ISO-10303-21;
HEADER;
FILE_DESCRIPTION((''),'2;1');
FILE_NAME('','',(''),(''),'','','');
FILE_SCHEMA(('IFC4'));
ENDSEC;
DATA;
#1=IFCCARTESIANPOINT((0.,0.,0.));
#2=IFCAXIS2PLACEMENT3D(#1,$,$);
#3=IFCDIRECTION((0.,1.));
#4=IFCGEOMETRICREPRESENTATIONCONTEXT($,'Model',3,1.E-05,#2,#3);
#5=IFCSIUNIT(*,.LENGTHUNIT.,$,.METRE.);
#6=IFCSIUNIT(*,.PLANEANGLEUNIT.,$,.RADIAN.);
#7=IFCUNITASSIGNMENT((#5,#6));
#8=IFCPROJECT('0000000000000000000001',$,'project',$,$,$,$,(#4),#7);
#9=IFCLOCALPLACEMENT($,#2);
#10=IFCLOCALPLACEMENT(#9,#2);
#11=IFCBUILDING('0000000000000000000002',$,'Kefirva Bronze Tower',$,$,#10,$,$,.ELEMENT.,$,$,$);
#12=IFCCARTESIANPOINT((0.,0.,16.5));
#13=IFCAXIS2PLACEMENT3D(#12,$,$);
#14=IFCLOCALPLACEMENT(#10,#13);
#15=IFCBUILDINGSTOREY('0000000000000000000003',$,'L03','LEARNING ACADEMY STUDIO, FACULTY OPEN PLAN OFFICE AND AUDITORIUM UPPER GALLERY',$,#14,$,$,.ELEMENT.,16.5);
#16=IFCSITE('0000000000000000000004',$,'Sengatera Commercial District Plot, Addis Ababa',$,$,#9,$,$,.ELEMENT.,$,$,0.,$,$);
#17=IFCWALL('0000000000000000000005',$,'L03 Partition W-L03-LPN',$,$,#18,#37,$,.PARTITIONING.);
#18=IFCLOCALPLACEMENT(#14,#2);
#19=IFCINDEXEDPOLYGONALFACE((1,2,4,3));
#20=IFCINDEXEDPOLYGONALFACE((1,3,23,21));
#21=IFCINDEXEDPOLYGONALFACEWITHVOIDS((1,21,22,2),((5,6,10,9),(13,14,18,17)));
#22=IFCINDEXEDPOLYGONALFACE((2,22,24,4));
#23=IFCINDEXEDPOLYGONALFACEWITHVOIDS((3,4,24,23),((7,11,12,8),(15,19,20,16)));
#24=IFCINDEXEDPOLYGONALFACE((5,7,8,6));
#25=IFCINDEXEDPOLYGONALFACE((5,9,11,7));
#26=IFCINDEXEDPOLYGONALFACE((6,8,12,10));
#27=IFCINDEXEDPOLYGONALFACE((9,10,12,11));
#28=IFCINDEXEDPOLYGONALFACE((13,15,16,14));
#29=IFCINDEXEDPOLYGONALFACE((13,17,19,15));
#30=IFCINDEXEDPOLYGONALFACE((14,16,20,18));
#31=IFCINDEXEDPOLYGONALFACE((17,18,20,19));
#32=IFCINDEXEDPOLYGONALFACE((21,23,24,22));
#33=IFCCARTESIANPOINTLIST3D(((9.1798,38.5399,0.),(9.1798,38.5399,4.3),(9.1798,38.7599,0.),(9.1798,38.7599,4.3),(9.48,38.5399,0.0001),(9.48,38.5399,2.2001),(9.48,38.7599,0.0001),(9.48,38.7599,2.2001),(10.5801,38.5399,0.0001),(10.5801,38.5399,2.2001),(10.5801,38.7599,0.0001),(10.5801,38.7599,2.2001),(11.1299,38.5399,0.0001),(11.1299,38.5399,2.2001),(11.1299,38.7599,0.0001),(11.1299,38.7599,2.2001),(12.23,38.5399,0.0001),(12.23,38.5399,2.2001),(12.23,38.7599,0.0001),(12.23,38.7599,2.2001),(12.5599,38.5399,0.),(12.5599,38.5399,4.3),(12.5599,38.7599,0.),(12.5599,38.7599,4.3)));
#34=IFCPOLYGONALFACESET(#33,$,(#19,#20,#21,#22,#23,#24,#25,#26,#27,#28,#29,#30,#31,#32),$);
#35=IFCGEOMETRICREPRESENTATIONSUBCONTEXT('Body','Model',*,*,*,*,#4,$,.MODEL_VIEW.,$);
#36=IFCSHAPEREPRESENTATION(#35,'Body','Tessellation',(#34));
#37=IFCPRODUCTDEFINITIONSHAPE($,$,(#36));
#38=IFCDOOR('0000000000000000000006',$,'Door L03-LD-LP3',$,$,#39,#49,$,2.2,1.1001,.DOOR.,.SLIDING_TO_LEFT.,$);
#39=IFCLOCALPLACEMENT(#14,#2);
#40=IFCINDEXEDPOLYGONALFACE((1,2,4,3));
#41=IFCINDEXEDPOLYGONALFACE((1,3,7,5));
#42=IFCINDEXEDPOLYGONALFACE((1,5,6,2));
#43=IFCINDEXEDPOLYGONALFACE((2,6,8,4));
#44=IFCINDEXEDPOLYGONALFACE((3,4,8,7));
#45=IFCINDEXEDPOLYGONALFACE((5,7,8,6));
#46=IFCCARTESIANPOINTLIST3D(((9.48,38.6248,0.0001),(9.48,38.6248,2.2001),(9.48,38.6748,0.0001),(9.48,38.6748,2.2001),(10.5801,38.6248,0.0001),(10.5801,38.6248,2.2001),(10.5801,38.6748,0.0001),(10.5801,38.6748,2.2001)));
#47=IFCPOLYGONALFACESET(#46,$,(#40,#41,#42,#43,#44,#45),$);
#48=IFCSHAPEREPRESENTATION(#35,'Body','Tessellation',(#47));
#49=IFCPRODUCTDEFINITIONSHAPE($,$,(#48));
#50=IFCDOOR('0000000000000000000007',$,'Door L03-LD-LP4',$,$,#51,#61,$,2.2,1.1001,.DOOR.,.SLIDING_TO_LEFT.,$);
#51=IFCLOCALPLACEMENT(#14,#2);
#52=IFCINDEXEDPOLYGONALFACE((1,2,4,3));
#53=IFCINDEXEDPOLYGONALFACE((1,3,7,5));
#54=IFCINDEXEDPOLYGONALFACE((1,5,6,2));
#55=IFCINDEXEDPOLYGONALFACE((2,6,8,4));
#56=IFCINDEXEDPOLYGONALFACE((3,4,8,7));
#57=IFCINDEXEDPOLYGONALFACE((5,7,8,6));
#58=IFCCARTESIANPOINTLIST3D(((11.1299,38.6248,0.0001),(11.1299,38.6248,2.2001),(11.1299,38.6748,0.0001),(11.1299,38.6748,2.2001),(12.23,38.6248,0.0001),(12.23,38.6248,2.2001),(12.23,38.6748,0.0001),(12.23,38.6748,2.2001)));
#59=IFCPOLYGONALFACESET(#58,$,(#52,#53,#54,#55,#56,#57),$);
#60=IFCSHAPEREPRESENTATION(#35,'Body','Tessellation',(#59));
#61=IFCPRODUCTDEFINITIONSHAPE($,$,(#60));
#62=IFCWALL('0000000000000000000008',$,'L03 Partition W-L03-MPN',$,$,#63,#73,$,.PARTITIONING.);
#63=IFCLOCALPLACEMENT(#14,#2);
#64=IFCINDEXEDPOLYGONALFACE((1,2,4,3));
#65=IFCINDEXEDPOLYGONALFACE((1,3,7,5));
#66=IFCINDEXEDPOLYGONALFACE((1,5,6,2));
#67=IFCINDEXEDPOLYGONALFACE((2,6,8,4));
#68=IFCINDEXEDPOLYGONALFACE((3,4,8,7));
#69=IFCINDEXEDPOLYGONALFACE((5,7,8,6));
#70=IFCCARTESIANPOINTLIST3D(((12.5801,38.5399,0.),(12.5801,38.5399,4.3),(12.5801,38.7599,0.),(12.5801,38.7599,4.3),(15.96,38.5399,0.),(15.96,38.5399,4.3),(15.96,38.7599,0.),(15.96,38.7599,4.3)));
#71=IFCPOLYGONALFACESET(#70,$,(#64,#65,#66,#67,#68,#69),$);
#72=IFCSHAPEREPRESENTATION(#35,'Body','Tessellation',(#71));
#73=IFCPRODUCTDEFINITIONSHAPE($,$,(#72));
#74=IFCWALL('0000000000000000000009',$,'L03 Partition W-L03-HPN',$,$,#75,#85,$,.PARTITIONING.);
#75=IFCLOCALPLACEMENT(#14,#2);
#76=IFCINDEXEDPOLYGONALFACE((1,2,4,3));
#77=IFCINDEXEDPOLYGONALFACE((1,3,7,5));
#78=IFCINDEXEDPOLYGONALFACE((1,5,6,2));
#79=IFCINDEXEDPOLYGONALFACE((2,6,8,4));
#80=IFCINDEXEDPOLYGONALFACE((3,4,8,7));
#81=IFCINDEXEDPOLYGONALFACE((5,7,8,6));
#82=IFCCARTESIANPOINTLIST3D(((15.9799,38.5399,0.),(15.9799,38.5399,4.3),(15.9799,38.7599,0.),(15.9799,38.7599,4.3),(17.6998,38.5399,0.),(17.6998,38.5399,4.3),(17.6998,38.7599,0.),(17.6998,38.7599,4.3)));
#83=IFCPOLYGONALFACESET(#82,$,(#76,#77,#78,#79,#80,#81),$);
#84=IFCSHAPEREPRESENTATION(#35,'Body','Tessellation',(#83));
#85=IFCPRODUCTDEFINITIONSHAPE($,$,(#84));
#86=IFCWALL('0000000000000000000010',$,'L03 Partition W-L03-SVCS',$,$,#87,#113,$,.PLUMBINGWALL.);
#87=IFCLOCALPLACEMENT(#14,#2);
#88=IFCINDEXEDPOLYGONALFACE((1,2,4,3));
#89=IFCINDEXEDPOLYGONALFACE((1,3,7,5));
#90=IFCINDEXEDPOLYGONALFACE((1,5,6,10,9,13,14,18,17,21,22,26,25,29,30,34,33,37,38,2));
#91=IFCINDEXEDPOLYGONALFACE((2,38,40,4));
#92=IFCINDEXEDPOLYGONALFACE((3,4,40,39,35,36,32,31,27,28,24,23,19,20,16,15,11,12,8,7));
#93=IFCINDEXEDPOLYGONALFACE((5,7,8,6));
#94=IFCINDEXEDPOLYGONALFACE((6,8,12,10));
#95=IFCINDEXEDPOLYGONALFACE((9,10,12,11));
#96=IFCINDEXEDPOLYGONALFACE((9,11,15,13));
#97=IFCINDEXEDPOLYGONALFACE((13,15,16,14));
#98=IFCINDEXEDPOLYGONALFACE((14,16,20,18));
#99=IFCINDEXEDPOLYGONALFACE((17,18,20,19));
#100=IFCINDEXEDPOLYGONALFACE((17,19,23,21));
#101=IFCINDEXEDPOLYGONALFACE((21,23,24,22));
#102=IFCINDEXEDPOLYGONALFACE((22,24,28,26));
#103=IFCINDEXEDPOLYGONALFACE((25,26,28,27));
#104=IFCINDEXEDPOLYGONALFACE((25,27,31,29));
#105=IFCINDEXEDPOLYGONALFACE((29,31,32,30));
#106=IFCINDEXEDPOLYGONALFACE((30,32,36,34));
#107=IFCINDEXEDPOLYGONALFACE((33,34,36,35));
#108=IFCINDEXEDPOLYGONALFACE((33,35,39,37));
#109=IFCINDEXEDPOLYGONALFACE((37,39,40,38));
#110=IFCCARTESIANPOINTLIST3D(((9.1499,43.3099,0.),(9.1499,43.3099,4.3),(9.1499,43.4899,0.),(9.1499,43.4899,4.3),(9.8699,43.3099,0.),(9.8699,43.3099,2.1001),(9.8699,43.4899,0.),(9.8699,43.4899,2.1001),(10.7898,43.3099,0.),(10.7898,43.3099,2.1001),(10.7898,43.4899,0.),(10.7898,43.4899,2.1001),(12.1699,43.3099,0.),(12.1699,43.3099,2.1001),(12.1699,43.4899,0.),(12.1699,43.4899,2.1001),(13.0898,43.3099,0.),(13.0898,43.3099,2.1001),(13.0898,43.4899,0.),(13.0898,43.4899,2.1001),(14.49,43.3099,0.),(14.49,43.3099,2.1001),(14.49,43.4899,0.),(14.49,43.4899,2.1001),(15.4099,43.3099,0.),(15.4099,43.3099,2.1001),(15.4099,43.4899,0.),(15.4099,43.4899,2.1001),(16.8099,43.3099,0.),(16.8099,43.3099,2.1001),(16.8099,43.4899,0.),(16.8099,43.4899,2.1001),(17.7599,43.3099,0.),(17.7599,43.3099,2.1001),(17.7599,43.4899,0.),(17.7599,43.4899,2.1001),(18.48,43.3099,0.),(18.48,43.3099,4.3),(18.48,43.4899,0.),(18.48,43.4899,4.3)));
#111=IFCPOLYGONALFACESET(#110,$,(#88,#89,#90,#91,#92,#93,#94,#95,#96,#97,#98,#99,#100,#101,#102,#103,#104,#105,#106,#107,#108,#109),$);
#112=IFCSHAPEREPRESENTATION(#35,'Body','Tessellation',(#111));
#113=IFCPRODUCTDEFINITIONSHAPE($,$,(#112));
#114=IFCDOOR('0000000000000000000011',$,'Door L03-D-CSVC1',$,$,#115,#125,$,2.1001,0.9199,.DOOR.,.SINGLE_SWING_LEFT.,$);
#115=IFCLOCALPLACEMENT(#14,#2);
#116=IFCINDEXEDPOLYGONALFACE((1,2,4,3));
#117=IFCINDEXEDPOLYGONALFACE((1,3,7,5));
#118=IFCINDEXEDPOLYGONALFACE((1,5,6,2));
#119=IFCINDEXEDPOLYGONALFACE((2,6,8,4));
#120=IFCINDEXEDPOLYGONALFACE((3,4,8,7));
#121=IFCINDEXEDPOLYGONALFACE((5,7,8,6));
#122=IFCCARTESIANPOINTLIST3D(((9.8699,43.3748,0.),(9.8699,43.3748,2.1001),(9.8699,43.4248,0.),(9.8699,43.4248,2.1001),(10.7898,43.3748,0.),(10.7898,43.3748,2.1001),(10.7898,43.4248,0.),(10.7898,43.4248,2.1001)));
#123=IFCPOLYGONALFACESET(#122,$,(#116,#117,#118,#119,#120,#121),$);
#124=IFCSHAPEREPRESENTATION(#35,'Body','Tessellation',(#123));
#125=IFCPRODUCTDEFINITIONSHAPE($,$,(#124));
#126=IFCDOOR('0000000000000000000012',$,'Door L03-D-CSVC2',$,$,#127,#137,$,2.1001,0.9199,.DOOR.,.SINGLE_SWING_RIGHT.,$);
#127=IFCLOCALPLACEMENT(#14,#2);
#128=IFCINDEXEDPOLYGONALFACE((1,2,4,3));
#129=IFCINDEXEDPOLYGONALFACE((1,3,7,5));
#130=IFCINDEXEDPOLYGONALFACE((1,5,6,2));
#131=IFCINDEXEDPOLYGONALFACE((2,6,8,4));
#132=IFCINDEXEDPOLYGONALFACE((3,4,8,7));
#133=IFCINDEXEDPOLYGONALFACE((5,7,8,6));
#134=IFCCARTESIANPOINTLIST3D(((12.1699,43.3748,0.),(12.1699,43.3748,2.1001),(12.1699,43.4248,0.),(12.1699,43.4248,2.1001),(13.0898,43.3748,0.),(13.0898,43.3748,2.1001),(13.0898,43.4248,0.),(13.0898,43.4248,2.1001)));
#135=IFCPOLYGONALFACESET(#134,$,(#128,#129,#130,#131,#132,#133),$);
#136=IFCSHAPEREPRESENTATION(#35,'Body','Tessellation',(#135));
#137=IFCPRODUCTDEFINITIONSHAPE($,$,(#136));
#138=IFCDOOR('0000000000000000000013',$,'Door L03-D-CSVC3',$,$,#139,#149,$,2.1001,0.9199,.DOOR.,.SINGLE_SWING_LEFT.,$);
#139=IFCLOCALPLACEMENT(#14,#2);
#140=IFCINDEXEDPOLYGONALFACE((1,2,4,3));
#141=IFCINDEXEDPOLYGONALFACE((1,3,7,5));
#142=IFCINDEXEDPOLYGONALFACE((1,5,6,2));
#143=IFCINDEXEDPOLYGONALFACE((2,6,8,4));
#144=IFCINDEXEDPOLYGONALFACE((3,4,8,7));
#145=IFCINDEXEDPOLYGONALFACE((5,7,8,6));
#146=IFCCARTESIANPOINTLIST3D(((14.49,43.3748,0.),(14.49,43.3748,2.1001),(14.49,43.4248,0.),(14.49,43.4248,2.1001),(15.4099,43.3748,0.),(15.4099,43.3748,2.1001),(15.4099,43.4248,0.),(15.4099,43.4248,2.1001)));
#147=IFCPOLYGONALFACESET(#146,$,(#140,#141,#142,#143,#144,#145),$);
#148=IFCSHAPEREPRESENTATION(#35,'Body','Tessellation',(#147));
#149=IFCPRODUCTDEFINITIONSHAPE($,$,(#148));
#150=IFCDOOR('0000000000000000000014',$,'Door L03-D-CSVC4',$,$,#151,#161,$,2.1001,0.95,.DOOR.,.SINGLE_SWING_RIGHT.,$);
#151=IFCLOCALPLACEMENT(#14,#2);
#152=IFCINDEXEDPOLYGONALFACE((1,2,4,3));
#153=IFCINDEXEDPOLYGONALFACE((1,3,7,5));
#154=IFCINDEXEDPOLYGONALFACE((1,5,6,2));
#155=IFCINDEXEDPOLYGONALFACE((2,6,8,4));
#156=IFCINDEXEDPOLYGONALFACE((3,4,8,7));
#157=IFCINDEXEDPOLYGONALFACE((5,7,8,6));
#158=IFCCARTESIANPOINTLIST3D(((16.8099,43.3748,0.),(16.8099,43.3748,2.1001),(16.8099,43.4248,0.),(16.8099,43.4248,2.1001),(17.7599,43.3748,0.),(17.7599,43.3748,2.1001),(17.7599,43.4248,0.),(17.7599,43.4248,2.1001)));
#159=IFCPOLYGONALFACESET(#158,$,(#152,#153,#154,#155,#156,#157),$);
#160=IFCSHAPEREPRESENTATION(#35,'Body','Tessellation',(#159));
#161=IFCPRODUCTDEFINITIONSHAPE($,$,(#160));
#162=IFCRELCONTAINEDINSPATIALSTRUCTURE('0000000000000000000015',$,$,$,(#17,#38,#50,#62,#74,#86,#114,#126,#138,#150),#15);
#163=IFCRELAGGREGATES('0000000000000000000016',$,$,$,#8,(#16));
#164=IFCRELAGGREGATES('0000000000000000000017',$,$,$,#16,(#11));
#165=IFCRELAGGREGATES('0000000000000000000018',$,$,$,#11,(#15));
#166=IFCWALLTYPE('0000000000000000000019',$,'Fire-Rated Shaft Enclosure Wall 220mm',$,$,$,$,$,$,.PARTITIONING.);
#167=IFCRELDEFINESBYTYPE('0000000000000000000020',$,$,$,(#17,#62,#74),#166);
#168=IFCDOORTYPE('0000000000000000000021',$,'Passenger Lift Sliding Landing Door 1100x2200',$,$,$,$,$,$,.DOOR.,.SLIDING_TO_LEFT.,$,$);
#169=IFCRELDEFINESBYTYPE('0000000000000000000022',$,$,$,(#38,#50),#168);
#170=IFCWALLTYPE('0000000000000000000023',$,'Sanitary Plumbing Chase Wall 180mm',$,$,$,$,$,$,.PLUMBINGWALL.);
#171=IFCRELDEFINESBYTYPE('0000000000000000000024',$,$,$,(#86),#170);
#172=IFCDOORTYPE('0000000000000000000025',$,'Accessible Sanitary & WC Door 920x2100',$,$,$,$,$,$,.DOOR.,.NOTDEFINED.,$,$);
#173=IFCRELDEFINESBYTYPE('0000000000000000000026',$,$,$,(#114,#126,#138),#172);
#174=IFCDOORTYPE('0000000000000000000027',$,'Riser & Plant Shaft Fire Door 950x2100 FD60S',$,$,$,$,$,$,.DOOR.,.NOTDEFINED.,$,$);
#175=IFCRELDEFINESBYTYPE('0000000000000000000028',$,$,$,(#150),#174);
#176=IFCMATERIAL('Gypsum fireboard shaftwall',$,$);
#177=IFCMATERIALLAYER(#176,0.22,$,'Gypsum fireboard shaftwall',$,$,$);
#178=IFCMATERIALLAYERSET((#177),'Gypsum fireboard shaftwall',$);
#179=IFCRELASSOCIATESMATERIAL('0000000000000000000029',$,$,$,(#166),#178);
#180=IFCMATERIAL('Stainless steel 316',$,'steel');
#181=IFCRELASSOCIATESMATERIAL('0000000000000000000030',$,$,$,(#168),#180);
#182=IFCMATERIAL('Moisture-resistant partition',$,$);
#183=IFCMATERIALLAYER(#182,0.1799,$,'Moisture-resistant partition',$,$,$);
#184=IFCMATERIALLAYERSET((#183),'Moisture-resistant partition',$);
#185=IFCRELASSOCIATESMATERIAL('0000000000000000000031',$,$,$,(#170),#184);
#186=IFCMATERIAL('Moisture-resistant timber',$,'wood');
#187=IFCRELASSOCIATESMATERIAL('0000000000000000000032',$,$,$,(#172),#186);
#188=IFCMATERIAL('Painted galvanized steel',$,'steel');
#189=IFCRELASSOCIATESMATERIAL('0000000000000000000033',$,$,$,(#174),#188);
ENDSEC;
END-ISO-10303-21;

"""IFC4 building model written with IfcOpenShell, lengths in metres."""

from ifc_helpers import new_model, si_unit, direction, frame, frame_2d, origin, place, context, subcontext, project, spatial, rectangle, extrude, material, layer, layer_set, type_object, element, fill, save


model = new_model("IFC4")

# Units and contexts
model_context = context("Model", 3, precision=1e-05, world=origin(), true_north=direction((0.0, 1.0)))
body_context = subcontext(model_context, "Body", "Model", "MODEL_VIEW")
ifc_project = project(units=[si_unit("LENGTHUNIT", "METRE"), si_unit("PLANEANGLEUNIT", "RADIAN")], contexts=[model_context])

# Site, building, storey
site_placement = place(None, origin())
site = spatial("IfcSite", under=ifc_project, at=site_placement, Name="Sengatera Commercial District Plot, Addis Ababa", CompositionType="ELEMENT", RefElevation=0.0)
building_placement = place(site_placement, origin())
building = spatial("IfcBuilding", under=site, at=building_placement, Name="Kefirva Bronze Tower", CompositionType="ELEMENT")
storey_placement = place(building_placement, frame((0.0, 0.0, 16.5)))
storey = spatial("IfcBuildingStorey", under=building, at=storey_placement, Name="L03", Description="LEARNING ACADEMY STUDIO, FACULTY OPEN PLAN OFFICE AND AUDITORIUM UPPER GALLERY", CompositionType="ELEMENT", Elevation=16.5)

# Shared definitions
ifc_material_1 = material(Name="Gypsum fireboard shaftwall")
ifc_layer_1 = layer(ifc_material_1, 0.22, Name="Gypsum fireboard shaftwall")
ifc_layer_set_1 = layer_set([ifc_layer_1], Name="Gypsum fireboard shaftwall")
wall_type_1 = type_object("IfcWallType", Name="Fire-Rated Shaft Enclosure Wall 220mm", PredefinedType="PARTITIONING", material=ifc_layer_set_1)

# Wall, openings, doors
wall_1_placement = place(storey_placement, frame((9.1799, 38.6499, 0.0), z_axis=(0.0, 0.0, 1.0), x_axis=(1.0, 0.0, 0.0)))
wall_1 = element("IfcWall", 1, at=wall_1_placement, inside=storey, type_object=wall_type_1, Name="L03 Partition W-L03-LPN", PredefinedType="PARTITIONING", context=body_context, shape_type="SweptSolid", body=[
    extrude(rectangle(XDim=3.3801, YDim=0.22, at=frame_2d((1.6899, 0.0))), origin(), (0.0, 0.0, 1.0), 4.3),
])
opening_1_placement = place(wall_1_placement, frame((0.3, 0.0, 0.0)))
opening_1 = element("IfcOpeningElement", 2, at=opening_1_placement, cuts=wall_1, PredefinedType="OPENING", context=body_context, shape_type="SweptSolid", body=[
    extrude(rectangle(XDim=1.1001, YDim=2.2, at=frame_2d((0.55, 1.1001))), frame((0.0, 0.1201, 0.0), z_axis=(0.0, -1.0, 0.0), x_axis=(1.0, 0.0, 0.0)), (0.0, 0.0, 1.0), 0.24),
])
opening_2_placement = place(wall_1_placement, frame((1.95, 0.0, 0.0)))
opening_2 = element("IfcOpeningElement", 3, at=opening_2_placement, cuts=wall_1, PredefinedType="OPENING", context=body_context, shape_type="SweptSolid", body=[
    extrude(rectangle(XDim=1.1001, YDim=2.2, at=frame_2d((0.55, 1.1001))), frame((0.0, 0.1201, 0.0), z_axis=(0.0, -1.0, 0.0), x_axis=(1.0, 0.0, 0.0)), (0.0, 0.0, 1.0), 0.24),
])
ifc_material_2 = material(Name="Stainless steel 316", Category="steel")
door_type_1 = type_object("IfcDoorType", Name="Passenger Lift Sliding Landing Door 1100x2200", OperationType="SLIDING_TO_LEFT", PredefinedType="DOOR", material=ifc_material_2)
door_1_placement = place(opening_1_placement, origin())
door_1 = element("IfcDoor", 4, at=door_1_placement, inside=storey, type_object=door_type_1, Name="Door L03-LD-LP3", OperationType="SLIDING_TO_LEFT", OverallHeight=2.2, OverallWidth=1.1001, PredefinedType="DOOR", context=body_context, shape_type="SweptSolid", body=[
    extrude(rectangle(XDim=1.1001, YDim=2.2, at=frame_2d((0.55, 1.1001))), frame((0.0, 0.0249, 0.0), z_axis=(0.0, -1.0, 0.0), x_axis=(1.0, 0.0, 0.0)), (0.0, 0.0, 1.0), 0.05),
])
fill(opening_1, door_1)
door_2_placement = place(opening_2_placement, origin())
door_2 = element("IfcDoor", 5, at=door_2_placement, inside=storey, type_object=door_type_1, Name="Door L03-LD-LP4", OperationType="SLIDING_TO_LEFT", OverallHeight=2.2, OverallWidth=1.1001, PredefinedType="DOOR", context=body_context, shape_type="SweptSolid", body=[
    extrude(rectangle(XDim=1.1001, YDim=2.2, at=frame_2d((0.55, 1.1001))), frame((0.0, 0.0249, 0.0), z_axis=(0.0, -1.0, 0.0), x_axis=(1.0, 0.0, 0.0)), (0.0, 0.0, 1.0), 0.05),
])
fill(opening_2, door_2)

# Walls
wall_2_placement = place(storey_placement, frame((12.5801, 38.6499, 0.0), z_axis=(0.0, 0.0, 1.0), x_axis=(1.0, 0.0, 0.0)))
element("IfcWall", 6, at=wall_2_placement, inside=storey, type_object=wall_type_1, Name="L03 Partition W-L03-MPN", PredefinedType="PARTITIONING", context=body_context, shape_type="SweptSolid", body=[
    extrude(rectangle(XDim=3.3799, YDim=0.22, at=frame_2d((1.6899, 0.0))), origin(), (0.0, 0.0, 1.0), 4.3),
])
wall_3_placement = place(storey_placement, frame((15.98, 38.6499, 0.0), z_axis=(0.0, 0.0, 1.0), x_axis=(1.0, 0.0, 0.0)))
element("IfcWall", 7, at=wall_3_placement, inside=storey, type_object=wall_type_1, Name="L03 Partition W-L03-HPN", PredefinedType="PARTITIONING", context=body_context, shape_type="SweptSolid", body=[
    extrude(rectangle(XDim=1.72, YDim=0.22, at=frame_2d((0.8599, 0.0))), origin(), (0.0, 0.0, 1.0), 4.3),
])

# Wall, openings, doors
ifc_material_3 = material(Name="Moisture-resistant partition")
ifc_layer_2 = layer(ifc_material_3, 0.1799, Name="Moisture-resistant partition")
ifc_layer_set_2 = layer_set([ifc_layer_2], Name="Moisture-resistant partition")
wall_type_2 = type_object("IfcWallType", Name="Sanitary Plumbing Chase Wall 180mm", PredefinedType="PLUMBINGWALL", material=ifc_layer_set_2)
wall_4_placement = place(storey_placement, frame((9.1499, 43.3999, 0.0), z_axis=(0.0, 0.0, 1.0), x_axis=(1.0, 0.0, 0.0)))
wall_4 = element("IfcWall", 8, at=wall_4_placement, inside=storey, type_object=wall_type_2, Name="L03 Partition W-L03-SVCS", PredefinedType="PLUMBINGWALL", context=body_context, shape_type="SweptSolid", body=[
    extrude(rectangle(XDim=9.3301, YDim=0.1799, at=frame_2d((4.665, 0.0))), origin(), (0.0, 0.0, 1.0), 4.3),
])
opening_3_placement = place(wall_4_placement, frame((0.72, 0.0, 0.0)))
opening_3 = element("IfcOpeningElement", 9, at=opening_3_placement, cuts=wall_4, PredefinedType="OPENING", context=body_context, shape_type="SweptSolid", body=[
    extrude(rectangle(XDim=0.9199, YDim=2.1001, at=frame_2d((0.46, 1.05))), frame((0.0, 0.1001, 0.0), z_axis=(0.0, -1.0, 0.0), x_axis=(1.0, 0.0, 0.0)), (0.0, 0.0, 1.0), 0.2),
])
opening_4_placement = place(wall_4_placement, frame((3.02, 0.0, 0.0)))
opening_4 = element("IfcOpeningElement", 10, at=opening_4_placement, cuts=wall_4, PredefinedType="OPENING", context=body_context, shape_type="SweptSolid", body=[
    extrude(rectangle(XDim=0.9199, YDim=2.1001, at=frame_2d((0.46, 1.05))), frame((0.0, 0.1001, 0.0), z_axis=(0.0, -1.0, 0.0), x_axis=(1.0, 0.0, 0.0)), (0.0, 0.0, 1.0), 0.2),
])
opening_5_placement = place(wall_4_placement, frame((5.3401, 0.0, 0.0)))
opening_5 = element("IfcOpeningElement", 11, at=opening_5_placement, cuts=wall_4, PredefinedType="OPENING", context=body_context, shape_type="SweptSolid", body=[
    extrude(rectangle(XDim=0.9199, YDim=2.1001, at=frame_2d((0.46, 1.05))), frame((0.0, 0.1001, 0.0), z_axis=(0.0, -1.0, 0.0), x_axis=(1.0, 0.0, 0.0)), (0.0, 0.0, 1.0), 0.2),
])
opening_6_placement = place(wall_4_placement, frame((7.6599, 0.0, 0.0)))
opening_6 = element("IfcOpeningElement", 12, at=opening_6_placement, cuts=wall_4, PredefinedType="OPENING", context=body_context, shape_type="SweptSolid", body=[
    extrude(rectangle(XDim=0.95, YDim=2.1001, at=frame_2d((0.4751, 1.05))), frame((0.0, 0.1001, 0.0), z_axis=(0.0, -1.0, 0.0), x_axis=(1.0, 0.0, 0.0)), (0.0, 0.0, 1.0), 0.2),
])
ifc_material_4 = material(Name="Moisture-resistant timber", Category="wood")
door_type_2 = type_object("IfcDoorType", Name="Accessible Sanitary & WC Door 920x2100", OperationType="NOTDEFINED", PredefinedType="DOOR", material=ifc_material_4)
door_3_placement = place(opening_3_placement, origin())
door_3 = element("IfcDoor", 13, at=door_3_placement, inside=storey, type_object=door_type_2, Name="Door L03-D-CSVC1", OperationType="SINGLE_SWING_LEFT", OverallHeight=2.1001, OverallWidth=0.9199, PredefinedType="DOOR", context=body_context, shape_type="SweptSolid", body=[
    extrude(rectangle(XDim=0.9199, YDim=2.1001, at=frame_2d((0.46, 1.05))), frame((0.0, 0.0249, 0.0), z_axis=(0.0, -1.0, 0.0), x_axis=(1.0, 0.0, 0.0)), (0.0, 0.0, 1.0), 0.05),
])
fill(opening_3, door_3)
door_4_placement = place(opening_4_placement, origin())
door_4 = element("IfcDoor", 14, at=door_4_placement, inside=storey, type_object=door_type_2, Name="Door L03-D-CSVC2", OperationType="SINGLE_SWING_RIGHT", OverallHeight=2.1001, OverallWidth=0.9199, PredefinedType="DOOR", context=body_context, shape_type="SweptSolid", body=[
    extrude(rectangle(XDim=0.9199, YDim=2.1001, at=frame_2d((0.46, 1.05))), frame((0.0, 0.0249, 0.0), z_axis=(0.0, -1.0, 0.0), x_axis=(1.0, 0.0, 0.0)), (0.0, 0.0, 1.0), 0.05),
])
fill(opening_4, door_4)
door_5_placement = place(opening_5_placement, origin())
door_5 = element("IfcDoor", 15, at=door_5_placement, inside=storey, type_object=door_type_2, Name="Door L03-D-CSVC3", OperationType="SINGLE_SWING_LEFT", OverallHeight=2.1001, OverallWidth=0.9199, PredefinedType="DOOR", context=body_context, shape_type="SweptSolid", body=[
    extrude(rectangle(XDim=0.9199, YDim=2.1001, at=frame_2d((0.46, 1.05))), frame((0.0, 0.0249, 0.0), z_axis=(0.0, -1.0, 0.0), x_axis=(1.0, 0.0, 0.0)), (0.0, 0.0, 1.0), 0.05),
])
fill(opening_5, door_5)
ifc_material_5 = material(Name="Painted galvanized steel", Category="steel")
door_type_3 = type_object("IfcDoorType", Name="Riser & Plant Shaft Fire Door 950x2100 FD60S", OperationType="NOTDEFINED", PredefinedType="DOOR", material=ifc_material_5)
door_6_placement = place(opening_6_placement, origin())
door_6 = element("IfcDoor", 16, at=door_6_placement, inside=storey, type_object=door_type_3, Name="Door L03-D-CSVC4", OperationType="SINGLE_SWING_RIGHT", OverallHeight=2.1001, OverallWidth=0.95, PredefinedType="DOOR", context=body_context, shape_type="SweptSolid", body=[
    extrude(rectangle(XDim=0.95, YDim=2.1001, at=frame_2d((0.4751, 1.05))), frame((0.0, 0.0249, 0.0), z_axis=(0.0, -1.0, 0.0), x_axis=(1.0, 0.0, 0.0)), (0.0, 0.0, 1.0), 0.05),
])
fill(opening_6, door_6)

save(model, "model.ifc")
